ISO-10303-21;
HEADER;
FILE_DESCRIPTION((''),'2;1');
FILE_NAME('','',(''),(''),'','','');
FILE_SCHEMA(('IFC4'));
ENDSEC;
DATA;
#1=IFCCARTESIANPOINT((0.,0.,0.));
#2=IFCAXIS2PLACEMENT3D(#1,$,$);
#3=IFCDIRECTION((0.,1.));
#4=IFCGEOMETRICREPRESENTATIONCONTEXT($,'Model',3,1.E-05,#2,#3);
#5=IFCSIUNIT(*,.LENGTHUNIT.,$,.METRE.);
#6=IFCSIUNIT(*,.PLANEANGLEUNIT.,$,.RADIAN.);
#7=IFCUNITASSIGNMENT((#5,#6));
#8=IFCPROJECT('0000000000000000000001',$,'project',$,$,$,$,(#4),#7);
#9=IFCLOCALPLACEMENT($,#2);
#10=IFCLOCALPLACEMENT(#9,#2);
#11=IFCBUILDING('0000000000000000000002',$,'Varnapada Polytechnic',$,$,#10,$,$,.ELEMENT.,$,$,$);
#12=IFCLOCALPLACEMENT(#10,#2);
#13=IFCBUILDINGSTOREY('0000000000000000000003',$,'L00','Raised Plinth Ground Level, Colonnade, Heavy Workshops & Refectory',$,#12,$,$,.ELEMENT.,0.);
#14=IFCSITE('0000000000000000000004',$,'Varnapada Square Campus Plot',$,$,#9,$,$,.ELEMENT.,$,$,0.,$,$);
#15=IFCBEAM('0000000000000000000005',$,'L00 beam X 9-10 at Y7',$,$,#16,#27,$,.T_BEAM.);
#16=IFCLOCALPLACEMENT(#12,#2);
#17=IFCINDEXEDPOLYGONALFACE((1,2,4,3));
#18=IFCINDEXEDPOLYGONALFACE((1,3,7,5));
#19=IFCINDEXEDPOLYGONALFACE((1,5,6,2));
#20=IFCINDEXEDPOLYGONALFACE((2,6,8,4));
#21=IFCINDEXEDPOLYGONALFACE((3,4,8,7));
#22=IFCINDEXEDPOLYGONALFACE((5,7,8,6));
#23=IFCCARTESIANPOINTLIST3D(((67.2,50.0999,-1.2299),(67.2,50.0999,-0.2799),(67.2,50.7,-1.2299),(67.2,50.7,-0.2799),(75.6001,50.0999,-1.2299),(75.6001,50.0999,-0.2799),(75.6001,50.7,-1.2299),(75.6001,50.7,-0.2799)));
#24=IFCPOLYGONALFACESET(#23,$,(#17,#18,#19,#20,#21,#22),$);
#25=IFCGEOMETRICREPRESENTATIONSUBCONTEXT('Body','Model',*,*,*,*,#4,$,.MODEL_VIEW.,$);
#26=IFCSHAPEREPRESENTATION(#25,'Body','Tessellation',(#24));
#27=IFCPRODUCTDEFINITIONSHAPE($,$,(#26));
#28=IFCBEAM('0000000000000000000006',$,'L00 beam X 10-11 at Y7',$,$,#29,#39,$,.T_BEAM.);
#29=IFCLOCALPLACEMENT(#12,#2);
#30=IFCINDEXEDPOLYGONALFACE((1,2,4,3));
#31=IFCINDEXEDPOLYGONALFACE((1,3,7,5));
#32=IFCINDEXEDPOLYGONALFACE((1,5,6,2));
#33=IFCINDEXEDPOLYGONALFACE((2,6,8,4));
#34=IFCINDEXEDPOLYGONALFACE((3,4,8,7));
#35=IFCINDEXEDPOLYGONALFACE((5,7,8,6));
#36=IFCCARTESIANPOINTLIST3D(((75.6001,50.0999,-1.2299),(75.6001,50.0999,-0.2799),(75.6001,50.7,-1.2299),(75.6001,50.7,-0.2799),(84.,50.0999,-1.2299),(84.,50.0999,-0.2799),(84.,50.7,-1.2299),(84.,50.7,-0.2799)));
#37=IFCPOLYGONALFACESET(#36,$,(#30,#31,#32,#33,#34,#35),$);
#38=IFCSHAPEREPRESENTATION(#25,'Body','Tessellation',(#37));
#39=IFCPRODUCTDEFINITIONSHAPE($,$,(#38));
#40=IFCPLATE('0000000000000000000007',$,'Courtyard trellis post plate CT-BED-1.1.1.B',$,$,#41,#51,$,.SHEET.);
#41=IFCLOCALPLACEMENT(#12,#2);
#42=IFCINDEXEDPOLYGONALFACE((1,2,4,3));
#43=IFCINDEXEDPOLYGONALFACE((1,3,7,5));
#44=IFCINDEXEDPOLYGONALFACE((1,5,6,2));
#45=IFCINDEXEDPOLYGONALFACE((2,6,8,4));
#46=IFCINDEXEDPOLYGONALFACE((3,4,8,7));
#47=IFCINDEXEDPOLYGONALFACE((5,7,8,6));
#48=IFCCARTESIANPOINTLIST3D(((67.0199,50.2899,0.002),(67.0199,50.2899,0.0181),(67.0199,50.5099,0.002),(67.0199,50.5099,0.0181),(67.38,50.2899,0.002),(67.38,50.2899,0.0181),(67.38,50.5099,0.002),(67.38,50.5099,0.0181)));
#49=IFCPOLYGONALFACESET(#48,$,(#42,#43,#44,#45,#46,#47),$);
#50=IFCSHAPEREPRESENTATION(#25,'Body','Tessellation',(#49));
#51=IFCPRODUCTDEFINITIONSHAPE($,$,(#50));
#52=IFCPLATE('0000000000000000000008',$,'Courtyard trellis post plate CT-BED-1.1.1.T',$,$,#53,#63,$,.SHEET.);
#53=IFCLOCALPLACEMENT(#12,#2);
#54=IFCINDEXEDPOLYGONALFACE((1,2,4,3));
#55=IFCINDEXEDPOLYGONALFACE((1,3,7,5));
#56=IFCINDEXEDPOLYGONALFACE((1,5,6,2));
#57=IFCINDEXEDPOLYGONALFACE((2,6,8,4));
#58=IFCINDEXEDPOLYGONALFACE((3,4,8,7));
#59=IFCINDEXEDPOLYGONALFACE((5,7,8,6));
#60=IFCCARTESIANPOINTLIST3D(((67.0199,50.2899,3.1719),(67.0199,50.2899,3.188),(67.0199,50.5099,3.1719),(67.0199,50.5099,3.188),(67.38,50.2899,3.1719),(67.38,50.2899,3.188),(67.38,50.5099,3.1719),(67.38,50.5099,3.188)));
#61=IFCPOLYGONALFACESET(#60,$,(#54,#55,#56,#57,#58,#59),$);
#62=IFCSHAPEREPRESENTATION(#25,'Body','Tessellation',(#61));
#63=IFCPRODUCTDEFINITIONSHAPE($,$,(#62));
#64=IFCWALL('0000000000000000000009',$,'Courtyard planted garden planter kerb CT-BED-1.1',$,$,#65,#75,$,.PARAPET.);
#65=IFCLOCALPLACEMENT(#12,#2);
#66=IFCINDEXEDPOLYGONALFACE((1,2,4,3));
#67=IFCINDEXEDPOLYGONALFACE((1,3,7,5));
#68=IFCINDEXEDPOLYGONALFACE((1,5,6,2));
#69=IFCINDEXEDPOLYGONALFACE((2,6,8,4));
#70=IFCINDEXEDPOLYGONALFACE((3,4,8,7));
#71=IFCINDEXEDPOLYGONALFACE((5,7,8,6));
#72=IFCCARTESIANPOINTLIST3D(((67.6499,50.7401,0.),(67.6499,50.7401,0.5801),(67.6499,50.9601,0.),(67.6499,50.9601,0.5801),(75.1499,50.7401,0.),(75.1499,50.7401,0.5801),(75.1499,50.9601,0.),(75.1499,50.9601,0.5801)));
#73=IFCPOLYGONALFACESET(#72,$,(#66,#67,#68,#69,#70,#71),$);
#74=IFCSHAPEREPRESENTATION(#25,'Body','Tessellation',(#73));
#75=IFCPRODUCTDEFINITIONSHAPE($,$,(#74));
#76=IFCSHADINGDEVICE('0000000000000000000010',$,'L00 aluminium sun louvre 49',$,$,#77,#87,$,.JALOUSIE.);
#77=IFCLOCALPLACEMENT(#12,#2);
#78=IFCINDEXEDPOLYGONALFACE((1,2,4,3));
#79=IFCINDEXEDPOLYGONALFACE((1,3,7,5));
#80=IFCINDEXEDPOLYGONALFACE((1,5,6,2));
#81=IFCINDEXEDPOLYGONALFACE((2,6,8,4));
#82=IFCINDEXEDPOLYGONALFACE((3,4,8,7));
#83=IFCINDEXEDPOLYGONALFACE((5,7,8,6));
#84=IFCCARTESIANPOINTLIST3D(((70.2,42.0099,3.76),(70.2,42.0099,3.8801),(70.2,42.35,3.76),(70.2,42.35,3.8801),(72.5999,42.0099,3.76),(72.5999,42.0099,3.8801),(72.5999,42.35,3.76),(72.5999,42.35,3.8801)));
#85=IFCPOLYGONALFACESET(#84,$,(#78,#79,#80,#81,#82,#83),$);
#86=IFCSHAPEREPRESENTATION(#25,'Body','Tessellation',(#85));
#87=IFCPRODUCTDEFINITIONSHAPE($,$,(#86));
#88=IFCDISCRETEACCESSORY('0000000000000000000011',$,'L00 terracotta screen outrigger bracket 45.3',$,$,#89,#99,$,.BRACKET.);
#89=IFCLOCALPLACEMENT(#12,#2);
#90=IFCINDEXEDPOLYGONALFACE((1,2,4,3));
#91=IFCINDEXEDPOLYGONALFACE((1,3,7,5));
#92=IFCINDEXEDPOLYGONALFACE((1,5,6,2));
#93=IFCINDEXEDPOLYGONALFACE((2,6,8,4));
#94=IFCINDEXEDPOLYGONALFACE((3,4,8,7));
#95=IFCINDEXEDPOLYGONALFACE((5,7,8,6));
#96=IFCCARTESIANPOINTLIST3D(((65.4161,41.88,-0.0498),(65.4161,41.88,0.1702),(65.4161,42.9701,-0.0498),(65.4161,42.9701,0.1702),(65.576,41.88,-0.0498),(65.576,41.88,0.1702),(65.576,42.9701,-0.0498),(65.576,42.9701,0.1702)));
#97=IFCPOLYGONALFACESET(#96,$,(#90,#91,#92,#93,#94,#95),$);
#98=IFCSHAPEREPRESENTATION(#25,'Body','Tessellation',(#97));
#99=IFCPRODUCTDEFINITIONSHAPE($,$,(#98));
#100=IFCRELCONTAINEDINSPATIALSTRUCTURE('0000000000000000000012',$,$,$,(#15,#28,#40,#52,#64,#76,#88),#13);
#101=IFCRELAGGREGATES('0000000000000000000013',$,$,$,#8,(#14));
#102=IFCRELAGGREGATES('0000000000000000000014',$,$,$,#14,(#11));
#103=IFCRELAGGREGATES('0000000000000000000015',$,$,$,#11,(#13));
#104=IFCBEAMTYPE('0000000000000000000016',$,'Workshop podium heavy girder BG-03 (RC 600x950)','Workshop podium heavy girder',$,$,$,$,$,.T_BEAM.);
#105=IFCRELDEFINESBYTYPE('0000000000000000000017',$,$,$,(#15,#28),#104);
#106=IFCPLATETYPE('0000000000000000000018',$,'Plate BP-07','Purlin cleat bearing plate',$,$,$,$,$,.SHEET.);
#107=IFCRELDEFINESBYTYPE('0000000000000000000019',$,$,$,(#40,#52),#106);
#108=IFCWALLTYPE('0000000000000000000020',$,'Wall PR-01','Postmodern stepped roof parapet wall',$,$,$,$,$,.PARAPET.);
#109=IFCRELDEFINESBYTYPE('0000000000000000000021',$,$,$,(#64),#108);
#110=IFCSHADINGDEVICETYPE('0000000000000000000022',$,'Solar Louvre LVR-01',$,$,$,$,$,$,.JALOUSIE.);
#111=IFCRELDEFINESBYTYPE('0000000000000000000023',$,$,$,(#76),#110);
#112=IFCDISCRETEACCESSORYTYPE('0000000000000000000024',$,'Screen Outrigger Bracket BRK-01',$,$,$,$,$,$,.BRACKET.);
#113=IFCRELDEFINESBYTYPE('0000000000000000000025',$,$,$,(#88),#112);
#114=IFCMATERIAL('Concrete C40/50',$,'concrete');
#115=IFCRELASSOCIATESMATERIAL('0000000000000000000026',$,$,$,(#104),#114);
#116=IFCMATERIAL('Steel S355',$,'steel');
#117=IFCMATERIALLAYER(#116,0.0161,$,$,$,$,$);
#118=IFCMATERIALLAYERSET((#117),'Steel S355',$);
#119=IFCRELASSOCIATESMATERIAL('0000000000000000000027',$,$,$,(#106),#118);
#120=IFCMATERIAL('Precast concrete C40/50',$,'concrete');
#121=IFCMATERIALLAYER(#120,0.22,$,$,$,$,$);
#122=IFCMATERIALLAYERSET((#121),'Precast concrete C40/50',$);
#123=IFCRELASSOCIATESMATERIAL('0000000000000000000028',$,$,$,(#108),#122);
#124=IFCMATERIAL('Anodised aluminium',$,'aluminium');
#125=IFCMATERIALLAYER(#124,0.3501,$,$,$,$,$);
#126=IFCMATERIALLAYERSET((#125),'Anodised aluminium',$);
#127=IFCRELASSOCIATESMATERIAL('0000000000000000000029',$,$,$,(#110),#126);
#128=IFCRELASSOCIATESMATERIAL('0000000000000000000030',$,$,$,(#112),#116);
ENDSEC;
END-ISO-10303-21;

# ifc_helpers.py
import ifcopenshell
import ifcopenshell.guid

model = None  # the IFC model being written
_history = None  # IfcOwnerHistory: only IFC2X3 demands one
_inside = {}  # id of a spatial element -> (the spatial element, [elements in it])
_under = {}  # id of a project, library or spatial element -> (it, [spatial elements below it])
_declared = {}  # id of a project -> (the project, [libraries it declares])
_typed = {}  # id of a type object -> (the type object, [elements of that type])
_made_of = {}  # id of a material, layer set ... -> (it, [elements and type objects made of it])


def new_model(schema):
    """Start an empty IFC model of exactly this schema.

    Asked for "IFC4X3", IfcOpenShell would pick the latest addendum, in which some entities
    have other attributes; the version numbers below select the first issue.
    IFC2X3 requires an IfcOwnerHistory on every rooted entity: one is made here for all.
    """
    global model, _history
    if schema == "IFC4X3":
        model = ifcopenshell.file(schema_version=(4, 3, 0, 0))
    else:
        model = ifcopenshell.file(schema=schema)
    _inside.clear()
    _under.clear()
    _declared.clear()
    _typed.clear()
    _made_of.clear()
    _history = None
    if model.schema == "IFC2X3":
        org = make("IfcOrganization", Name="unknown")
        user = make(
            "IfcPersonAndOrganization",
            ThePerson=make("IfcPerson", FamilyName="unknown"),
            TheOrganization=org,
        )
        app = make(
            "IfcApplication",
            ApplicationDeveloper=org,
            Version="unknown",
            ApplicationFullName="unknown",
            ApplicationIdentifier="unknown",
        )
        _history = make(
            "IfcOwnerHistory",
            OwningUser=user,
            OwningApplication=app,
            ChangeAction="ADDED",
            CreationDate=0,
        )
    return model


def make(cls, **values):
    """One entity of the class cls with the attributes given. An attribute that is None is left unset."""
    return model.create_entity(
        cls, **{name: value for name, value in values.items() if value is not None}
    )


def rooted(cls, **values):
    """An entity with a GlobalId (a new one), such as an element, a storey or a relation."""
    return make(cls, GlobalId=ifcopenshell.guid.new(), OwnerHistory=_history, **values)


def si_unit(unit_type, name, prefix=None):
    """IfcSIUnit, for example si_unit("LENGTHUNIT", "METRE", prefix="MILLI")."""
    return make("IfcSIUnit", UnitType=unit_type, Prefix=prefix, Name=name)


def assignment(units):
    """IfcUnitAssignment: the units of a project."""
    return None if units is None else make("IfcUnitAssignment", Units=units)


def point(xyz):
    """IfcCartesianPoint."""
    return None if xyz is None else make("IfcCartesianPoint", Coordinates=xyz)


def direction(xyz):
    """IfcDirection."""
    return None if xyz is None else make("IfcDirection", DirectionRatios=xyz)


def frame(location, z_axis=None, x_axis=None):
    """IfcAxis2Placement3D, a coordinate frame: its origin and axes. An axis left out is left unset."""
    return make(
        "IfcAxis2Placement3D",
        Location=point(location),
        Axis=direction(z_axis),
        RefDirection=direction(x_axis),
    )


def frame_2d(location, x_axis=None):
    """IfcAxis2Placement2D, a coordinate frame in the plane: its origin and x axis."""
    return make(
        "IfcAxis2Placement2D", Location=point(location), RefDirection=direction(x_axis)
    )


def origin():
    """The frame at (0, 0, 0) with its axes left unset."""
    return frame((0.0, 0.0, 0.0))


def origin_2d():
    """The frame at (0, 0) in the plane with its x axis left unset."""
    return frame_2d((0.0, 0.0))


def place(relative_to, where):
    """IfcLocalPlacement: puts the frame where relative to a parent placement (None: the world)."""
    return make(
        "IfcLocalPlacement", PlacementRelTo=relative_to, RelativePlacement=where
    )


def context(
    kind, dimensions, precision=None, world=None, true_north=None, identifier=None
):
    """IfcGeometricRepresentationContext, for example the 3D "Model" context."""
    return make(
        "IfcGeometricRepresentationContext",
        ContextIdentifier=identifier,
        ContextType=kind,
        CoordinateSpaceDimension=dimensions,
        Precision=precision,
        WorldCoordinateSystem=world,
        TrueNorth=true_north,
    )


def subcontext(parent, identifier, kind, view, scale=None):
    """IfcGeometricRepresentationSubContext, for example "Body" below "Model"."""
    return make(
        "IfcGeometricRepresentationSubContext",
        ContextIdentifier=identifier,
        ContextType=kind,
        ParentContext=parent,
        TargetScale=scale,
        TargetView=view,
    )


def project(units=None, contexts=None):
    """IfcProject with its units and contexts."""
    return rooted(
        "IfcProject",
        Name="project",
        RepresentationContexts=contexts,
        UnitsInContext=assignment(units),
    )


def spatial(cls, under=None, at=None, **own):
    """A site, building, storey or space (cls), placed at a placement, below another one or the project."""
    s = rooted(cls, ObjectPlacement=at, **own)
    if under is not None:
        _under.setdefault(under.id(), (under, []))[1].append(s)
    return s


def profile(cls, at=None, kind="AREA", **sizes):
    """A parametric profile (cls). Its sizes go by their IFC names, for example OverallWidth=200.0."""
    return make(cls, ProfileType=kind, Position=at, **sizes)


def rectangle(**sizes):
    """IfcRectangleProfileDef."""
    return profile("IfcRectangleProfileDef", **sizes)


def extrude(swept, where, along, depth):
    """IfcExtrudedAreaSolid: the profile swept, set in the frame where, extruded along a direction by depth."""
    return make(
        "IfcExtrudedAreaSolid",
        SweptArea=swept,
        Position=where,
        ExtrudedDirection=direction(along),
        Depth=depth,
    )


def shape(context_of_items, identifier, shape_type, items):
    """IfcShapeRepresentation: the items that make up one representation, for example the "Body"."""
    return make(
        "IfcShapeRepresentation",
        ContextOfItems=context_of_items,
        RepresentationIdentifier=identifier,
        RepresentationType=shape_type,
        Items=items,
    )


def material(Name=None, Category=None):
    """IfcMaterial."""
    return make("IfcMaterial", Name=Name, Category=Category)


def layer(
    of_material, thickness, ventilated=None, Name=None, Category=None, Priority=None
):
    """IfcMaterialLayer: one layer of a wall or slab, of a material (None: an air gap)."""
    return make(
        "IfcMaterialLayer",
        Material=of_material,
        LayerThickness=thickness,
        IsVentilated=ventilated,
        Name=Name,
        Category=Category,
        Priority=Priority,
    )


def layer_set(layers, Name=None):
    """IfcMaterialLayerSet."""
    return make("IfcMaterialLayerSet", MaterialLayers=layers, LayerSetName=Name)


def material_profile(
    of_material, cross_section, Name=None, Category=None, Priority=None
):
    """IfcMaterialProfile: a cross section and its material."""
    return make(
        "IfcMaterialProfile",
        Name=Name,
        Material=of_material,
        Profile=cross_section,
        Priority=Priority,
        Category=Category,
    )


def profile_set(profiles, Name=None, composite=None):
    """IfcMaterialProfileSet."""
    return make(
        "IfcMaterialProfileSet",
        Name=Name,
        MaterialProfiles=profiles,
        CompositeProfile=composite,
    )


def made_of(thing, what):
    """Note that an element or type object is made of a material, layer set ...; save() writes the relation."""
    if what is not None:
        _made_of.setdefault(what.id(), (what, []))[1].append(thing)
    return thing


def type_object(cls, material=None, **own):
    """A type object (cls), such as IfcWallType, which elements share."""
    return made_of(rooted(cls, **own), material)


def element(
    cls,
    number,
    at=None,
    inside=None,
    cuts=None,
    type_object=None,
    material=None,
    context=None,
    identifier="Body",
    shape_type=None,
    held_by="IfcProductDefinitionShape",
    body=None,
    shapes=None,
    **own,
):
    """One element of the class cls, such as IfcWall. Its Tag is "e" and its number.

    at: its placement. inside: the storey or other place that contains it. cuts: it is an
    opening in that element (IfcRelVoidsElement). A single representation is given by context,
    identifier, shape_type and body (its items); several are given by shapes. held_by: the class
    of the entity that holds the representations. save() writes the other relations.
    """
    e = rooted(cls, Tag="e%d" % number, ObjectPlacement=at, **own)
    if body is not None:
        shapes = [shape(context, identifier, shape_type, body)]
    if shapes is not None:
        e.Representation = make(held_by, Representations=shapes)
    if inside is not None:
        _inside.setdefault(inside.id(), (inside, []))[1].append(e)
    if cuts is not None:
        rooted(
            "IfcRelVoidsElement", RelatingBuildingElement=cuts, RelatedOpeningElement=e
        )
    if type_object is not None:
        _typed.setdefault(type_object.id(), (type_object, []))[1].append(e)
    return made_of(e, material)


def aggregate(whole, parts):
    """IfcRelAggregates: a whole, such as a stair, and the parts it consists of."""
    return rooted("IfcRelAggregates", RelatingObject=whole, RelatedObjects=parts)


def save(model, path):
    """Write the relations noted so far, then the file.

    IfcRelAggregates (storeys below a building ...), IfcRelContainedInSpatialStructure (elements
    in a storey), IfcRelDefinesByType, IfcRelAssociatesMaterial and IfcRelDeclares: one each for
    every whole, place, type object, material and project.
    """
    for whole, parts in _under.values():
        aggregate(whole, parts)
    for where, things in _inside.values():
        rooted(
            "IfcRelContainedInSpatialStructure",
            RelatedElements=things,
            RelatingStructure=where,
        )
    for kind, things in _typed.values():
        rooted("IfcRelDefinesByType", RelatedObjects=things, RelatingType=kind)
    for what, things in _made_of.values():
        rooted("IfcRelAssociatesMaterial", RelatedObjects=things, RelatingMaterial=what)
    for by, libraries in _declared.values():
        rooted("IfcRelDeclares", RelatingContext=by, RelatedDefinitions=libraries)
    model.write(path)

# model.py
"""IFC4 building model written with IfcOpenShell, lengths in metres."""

from ifc_helpers import new_model, si_unit, direction, frame, frame_2d, origin, origin_2d, place, context, subcontext, project, spatial, rectangle, extrude, material, layer, layer_set, material_profile, profile_set, type_object, element, save


model = new_model("IFC4")

# Units and contexts
model_context = context("Model", 3, precision=1e-05, world=origin(), true_north=direction((0.0, 1.0)))
body_context = subcontext(model_context, "Body", "Model", "MODEL_VIEW")
ifc_project = project(units=[si_unit("LENGTHUNIT", "METRE"), si_unit("PLANEANGLEUNIT", "RADIAN")], contexts=[model_context])

# Site, building, storey
site_placement = place(None, origin())
site = spatial("IfcSite", under=ifc_project, at=site_placement, Name="Varnapada Square Campus Plot", CompositionType="ELEMENT", RefElevation=0.0)
building_placement = place(site_placement, origin())
building = spatial("IfcBuilding", under=site, at=building_placement, Name="Varnapada Polytechnic", CompositionType="ELEMENT")
storey_placement = place(building_placement, origin())
storey = spatial("IfcBuildingStorey", under=building, at=storey_placement, Name="L00", Description="Raised Plinth Ground Level, Colonnade, Heavy Workshops & Refectory", CompositionType="ELEMENT", Elevation=0.0)

# Shared definitions
ifc_material_1 = material(Name="Concrete C40/50", Category="concrete")

# Shared definitions
ifc_material_2 = material(Name="Steel S355", Category="steel")

# Beams
ifc_material_profile_1 = material_profile(ifc_material_1, rectangle(XDim=0.6001, YDim=0.95, at=origin_2d()), Name="RC 600x950")
ifc_profile_set_1 = profile_set([ifc_material_profile_1], Name="Concrete C40/50")
beam_type_1 = type_object("IfcBeamType", Name="Workshop podium heavy girder BG-03 (RC 600x950)", Description="Workshop podium heavy girder", PredefinedType="T_BEAM", material=ifc_profile_set_1)
beam_1_placement = place(storey_placement, frame((67.2, 50.3999, -0.7549), z_axis=(1.0, 0.0, 0.0), x_axis=(0.0, 1.0, 0.0)))
element("IfcBeam", 1, at=beam_1_placement, inside=storey, type_object=beam_type_1, Name="L00 beam X 9-10 at Y7", PredefinedType="T_BEAM", context=body_context, shape_type="SweptSolid", body=[
    extrude(rectangle(XDim=0.6001, YDim=0.95, at=origin_2d()), origin(), (0.0, 0.0, 1.0), 8.4001),
])
beam_2_placement = place(storey_placement, frame((75.6001, 50.3999, -0.7549), z_axis=(1.0, 0.0, 0.0), x_axis=(0.0, 1.0, 0.0)))
element("IfcBeam", 2, at=beam_2_placement, inside=storey, type_object=beam_type_1, Name="L00 beam X 10-11 at Y7", PredefinedType="T_BEAM", context=body_context, shape_type="SweptSolid", body=[
    extrude(rectangle(XDim=0.6001, YDim=0.95, at=origin_2d()), origin(), (0.0, 0.0, 1.0), 8.3999),
])

# Plates
ifc_layer_1 = layer(ifc_material_2, 0.0161)
ifc_layer_set_1 = layer_set([ifc_layer_1], Name="Steel S355")
plate_type = type_object("IfcPlateType", Name="Plate BP-07", Description="Purlin cleat bearing plate", PredefinedType="SHEET", material=ifc_layer_set_1)
for number, where, z_axis, x_axis, name in (
    (3, (67.2, 50.3999, 0.002), (0.0, 0.0, 1.0), (1.0, 0.0, 0.0), "Courtyard trellis post plate CT-BED-1.1.1.B"),
    (4, (67.2, 50.3999, 3.1719), (0.0, 0.0, 1.0), (1.0, 0.0, 0.0), "Courtyard trellis post plate CT-BED-1.1.1.T"),
):
    element("IfcPlate", number, at=place(storey_placement, frame(where, z_axis=z_axis, x_axis=x_axis)), inside=storey, type_object=plate_type, Name=name, PredefinedType="SHEET", context=body_context, shape_type="SweptSolid", body=[
        extrude(rectangle(XDim=0.3601, YDim=0.22, at=origin_2d()), origin(), (0.0, 0.0, 1.0), 0.0161),
    ])

# Wall
ifc_material_3 = material(Name="Precast concrete C40/50", Category="concrete")
ifc_layer_2 = layer(ifc_material_3, 0.22)
ifc_layer_set_2 = layer_set([ifc_layer_2], Name="Precast concrete C40/50")
wall_type = type_object("IfcWallType", Name="Wall PR-01", Description="Postmodern stepped roof parapet wall", PredefinedType="PARAPET", material=ifc_layer_set_2)
wall_placement = place(storey_placement, frame((67.6499, 50.8501, 0.0), z_axis=(0.0, 0.0, 1.0), x_axis=(1.0, 0.0, 0.0)))
element("IfcWall", 5, at=wall_placement, inside=storey, type_object=wall_type, Name="Courtyard planted garden planter kerb CT-BED-1.1", PredefinedType="PARAPET", context=body_context, shape_type="SweptSolid", body=[
    extrude(rectangle(XDim=7.5, YDim=0.22, at=frame_2d((3.75, 0.0))), origin(), (0.0, 0.0, 1.0), 0.5801),
])

# Shading device
ifc_material_4 = material(Name="Anodised aluminium", Category="aluminium")
ifc_layer_3 = layer(ifc_material_4, 0.3501)
ifc_layer_set_3 = layer_set([ifc_layer_3], Name="Anodised aluminium")
shading_device_type = type_object("IfcShadingDeviceType", Name="Solar Louvre LVR-01", PredefinedType="JALOUSIE", material=ifc_layer_set_3)
shading_device_placement = place(storey_placement, frame((71.3999, 42.1799, 3.76), z_axis=(0.0, 0.0, 1.0), x_axis=(1.0, 0.0, 0.0)))
element("IfcShadingDevice", 6, at=shading_device_placement, inside=storey, type_object=shading_device_type, Name="L00 aluminium sun louvre 49", PredefinedType="JALOUSIE", context=body_context, shape_type="SweptSolid", body=[
    extrude(rectangle(XDim=2.3999, YDim=0.3401, at=origin_2d()), origin(), (0.0, 0.0, 1.0), 0.1201),
])

# Discrete accessory
discrete_accessory_type = type_object("IfcDiscreteAccessoryType", Name="Screen Outrigger Bracket BRK-01", PredefinedType="BRACKET", material=ifc_material_2)
discrete_accessory_placement = place(storey_placement, frame((65.4961, 42.425, -0.0498), z_axis=(0.0, 0.0, 1.0), x_axis=(1.0, 0.0, 0.0)))
element("IfcDiscreteAccessory", 7, at=discrete_accessory_placement, inside=storey, type_object=discrete_accessory_type, Name="L00 terracotta screen outrigger bracket 45.3", PredefinedType="BRACKET", context=body_context, shape_type="SweptSolid", body=[
    extrude(rectangle(XDim=0.1599, YDim=1.0901, at=origin_2d()), origin(), (0.0, 0.0, 1.0), 0.22),
])

save(model, "model.ifc")
